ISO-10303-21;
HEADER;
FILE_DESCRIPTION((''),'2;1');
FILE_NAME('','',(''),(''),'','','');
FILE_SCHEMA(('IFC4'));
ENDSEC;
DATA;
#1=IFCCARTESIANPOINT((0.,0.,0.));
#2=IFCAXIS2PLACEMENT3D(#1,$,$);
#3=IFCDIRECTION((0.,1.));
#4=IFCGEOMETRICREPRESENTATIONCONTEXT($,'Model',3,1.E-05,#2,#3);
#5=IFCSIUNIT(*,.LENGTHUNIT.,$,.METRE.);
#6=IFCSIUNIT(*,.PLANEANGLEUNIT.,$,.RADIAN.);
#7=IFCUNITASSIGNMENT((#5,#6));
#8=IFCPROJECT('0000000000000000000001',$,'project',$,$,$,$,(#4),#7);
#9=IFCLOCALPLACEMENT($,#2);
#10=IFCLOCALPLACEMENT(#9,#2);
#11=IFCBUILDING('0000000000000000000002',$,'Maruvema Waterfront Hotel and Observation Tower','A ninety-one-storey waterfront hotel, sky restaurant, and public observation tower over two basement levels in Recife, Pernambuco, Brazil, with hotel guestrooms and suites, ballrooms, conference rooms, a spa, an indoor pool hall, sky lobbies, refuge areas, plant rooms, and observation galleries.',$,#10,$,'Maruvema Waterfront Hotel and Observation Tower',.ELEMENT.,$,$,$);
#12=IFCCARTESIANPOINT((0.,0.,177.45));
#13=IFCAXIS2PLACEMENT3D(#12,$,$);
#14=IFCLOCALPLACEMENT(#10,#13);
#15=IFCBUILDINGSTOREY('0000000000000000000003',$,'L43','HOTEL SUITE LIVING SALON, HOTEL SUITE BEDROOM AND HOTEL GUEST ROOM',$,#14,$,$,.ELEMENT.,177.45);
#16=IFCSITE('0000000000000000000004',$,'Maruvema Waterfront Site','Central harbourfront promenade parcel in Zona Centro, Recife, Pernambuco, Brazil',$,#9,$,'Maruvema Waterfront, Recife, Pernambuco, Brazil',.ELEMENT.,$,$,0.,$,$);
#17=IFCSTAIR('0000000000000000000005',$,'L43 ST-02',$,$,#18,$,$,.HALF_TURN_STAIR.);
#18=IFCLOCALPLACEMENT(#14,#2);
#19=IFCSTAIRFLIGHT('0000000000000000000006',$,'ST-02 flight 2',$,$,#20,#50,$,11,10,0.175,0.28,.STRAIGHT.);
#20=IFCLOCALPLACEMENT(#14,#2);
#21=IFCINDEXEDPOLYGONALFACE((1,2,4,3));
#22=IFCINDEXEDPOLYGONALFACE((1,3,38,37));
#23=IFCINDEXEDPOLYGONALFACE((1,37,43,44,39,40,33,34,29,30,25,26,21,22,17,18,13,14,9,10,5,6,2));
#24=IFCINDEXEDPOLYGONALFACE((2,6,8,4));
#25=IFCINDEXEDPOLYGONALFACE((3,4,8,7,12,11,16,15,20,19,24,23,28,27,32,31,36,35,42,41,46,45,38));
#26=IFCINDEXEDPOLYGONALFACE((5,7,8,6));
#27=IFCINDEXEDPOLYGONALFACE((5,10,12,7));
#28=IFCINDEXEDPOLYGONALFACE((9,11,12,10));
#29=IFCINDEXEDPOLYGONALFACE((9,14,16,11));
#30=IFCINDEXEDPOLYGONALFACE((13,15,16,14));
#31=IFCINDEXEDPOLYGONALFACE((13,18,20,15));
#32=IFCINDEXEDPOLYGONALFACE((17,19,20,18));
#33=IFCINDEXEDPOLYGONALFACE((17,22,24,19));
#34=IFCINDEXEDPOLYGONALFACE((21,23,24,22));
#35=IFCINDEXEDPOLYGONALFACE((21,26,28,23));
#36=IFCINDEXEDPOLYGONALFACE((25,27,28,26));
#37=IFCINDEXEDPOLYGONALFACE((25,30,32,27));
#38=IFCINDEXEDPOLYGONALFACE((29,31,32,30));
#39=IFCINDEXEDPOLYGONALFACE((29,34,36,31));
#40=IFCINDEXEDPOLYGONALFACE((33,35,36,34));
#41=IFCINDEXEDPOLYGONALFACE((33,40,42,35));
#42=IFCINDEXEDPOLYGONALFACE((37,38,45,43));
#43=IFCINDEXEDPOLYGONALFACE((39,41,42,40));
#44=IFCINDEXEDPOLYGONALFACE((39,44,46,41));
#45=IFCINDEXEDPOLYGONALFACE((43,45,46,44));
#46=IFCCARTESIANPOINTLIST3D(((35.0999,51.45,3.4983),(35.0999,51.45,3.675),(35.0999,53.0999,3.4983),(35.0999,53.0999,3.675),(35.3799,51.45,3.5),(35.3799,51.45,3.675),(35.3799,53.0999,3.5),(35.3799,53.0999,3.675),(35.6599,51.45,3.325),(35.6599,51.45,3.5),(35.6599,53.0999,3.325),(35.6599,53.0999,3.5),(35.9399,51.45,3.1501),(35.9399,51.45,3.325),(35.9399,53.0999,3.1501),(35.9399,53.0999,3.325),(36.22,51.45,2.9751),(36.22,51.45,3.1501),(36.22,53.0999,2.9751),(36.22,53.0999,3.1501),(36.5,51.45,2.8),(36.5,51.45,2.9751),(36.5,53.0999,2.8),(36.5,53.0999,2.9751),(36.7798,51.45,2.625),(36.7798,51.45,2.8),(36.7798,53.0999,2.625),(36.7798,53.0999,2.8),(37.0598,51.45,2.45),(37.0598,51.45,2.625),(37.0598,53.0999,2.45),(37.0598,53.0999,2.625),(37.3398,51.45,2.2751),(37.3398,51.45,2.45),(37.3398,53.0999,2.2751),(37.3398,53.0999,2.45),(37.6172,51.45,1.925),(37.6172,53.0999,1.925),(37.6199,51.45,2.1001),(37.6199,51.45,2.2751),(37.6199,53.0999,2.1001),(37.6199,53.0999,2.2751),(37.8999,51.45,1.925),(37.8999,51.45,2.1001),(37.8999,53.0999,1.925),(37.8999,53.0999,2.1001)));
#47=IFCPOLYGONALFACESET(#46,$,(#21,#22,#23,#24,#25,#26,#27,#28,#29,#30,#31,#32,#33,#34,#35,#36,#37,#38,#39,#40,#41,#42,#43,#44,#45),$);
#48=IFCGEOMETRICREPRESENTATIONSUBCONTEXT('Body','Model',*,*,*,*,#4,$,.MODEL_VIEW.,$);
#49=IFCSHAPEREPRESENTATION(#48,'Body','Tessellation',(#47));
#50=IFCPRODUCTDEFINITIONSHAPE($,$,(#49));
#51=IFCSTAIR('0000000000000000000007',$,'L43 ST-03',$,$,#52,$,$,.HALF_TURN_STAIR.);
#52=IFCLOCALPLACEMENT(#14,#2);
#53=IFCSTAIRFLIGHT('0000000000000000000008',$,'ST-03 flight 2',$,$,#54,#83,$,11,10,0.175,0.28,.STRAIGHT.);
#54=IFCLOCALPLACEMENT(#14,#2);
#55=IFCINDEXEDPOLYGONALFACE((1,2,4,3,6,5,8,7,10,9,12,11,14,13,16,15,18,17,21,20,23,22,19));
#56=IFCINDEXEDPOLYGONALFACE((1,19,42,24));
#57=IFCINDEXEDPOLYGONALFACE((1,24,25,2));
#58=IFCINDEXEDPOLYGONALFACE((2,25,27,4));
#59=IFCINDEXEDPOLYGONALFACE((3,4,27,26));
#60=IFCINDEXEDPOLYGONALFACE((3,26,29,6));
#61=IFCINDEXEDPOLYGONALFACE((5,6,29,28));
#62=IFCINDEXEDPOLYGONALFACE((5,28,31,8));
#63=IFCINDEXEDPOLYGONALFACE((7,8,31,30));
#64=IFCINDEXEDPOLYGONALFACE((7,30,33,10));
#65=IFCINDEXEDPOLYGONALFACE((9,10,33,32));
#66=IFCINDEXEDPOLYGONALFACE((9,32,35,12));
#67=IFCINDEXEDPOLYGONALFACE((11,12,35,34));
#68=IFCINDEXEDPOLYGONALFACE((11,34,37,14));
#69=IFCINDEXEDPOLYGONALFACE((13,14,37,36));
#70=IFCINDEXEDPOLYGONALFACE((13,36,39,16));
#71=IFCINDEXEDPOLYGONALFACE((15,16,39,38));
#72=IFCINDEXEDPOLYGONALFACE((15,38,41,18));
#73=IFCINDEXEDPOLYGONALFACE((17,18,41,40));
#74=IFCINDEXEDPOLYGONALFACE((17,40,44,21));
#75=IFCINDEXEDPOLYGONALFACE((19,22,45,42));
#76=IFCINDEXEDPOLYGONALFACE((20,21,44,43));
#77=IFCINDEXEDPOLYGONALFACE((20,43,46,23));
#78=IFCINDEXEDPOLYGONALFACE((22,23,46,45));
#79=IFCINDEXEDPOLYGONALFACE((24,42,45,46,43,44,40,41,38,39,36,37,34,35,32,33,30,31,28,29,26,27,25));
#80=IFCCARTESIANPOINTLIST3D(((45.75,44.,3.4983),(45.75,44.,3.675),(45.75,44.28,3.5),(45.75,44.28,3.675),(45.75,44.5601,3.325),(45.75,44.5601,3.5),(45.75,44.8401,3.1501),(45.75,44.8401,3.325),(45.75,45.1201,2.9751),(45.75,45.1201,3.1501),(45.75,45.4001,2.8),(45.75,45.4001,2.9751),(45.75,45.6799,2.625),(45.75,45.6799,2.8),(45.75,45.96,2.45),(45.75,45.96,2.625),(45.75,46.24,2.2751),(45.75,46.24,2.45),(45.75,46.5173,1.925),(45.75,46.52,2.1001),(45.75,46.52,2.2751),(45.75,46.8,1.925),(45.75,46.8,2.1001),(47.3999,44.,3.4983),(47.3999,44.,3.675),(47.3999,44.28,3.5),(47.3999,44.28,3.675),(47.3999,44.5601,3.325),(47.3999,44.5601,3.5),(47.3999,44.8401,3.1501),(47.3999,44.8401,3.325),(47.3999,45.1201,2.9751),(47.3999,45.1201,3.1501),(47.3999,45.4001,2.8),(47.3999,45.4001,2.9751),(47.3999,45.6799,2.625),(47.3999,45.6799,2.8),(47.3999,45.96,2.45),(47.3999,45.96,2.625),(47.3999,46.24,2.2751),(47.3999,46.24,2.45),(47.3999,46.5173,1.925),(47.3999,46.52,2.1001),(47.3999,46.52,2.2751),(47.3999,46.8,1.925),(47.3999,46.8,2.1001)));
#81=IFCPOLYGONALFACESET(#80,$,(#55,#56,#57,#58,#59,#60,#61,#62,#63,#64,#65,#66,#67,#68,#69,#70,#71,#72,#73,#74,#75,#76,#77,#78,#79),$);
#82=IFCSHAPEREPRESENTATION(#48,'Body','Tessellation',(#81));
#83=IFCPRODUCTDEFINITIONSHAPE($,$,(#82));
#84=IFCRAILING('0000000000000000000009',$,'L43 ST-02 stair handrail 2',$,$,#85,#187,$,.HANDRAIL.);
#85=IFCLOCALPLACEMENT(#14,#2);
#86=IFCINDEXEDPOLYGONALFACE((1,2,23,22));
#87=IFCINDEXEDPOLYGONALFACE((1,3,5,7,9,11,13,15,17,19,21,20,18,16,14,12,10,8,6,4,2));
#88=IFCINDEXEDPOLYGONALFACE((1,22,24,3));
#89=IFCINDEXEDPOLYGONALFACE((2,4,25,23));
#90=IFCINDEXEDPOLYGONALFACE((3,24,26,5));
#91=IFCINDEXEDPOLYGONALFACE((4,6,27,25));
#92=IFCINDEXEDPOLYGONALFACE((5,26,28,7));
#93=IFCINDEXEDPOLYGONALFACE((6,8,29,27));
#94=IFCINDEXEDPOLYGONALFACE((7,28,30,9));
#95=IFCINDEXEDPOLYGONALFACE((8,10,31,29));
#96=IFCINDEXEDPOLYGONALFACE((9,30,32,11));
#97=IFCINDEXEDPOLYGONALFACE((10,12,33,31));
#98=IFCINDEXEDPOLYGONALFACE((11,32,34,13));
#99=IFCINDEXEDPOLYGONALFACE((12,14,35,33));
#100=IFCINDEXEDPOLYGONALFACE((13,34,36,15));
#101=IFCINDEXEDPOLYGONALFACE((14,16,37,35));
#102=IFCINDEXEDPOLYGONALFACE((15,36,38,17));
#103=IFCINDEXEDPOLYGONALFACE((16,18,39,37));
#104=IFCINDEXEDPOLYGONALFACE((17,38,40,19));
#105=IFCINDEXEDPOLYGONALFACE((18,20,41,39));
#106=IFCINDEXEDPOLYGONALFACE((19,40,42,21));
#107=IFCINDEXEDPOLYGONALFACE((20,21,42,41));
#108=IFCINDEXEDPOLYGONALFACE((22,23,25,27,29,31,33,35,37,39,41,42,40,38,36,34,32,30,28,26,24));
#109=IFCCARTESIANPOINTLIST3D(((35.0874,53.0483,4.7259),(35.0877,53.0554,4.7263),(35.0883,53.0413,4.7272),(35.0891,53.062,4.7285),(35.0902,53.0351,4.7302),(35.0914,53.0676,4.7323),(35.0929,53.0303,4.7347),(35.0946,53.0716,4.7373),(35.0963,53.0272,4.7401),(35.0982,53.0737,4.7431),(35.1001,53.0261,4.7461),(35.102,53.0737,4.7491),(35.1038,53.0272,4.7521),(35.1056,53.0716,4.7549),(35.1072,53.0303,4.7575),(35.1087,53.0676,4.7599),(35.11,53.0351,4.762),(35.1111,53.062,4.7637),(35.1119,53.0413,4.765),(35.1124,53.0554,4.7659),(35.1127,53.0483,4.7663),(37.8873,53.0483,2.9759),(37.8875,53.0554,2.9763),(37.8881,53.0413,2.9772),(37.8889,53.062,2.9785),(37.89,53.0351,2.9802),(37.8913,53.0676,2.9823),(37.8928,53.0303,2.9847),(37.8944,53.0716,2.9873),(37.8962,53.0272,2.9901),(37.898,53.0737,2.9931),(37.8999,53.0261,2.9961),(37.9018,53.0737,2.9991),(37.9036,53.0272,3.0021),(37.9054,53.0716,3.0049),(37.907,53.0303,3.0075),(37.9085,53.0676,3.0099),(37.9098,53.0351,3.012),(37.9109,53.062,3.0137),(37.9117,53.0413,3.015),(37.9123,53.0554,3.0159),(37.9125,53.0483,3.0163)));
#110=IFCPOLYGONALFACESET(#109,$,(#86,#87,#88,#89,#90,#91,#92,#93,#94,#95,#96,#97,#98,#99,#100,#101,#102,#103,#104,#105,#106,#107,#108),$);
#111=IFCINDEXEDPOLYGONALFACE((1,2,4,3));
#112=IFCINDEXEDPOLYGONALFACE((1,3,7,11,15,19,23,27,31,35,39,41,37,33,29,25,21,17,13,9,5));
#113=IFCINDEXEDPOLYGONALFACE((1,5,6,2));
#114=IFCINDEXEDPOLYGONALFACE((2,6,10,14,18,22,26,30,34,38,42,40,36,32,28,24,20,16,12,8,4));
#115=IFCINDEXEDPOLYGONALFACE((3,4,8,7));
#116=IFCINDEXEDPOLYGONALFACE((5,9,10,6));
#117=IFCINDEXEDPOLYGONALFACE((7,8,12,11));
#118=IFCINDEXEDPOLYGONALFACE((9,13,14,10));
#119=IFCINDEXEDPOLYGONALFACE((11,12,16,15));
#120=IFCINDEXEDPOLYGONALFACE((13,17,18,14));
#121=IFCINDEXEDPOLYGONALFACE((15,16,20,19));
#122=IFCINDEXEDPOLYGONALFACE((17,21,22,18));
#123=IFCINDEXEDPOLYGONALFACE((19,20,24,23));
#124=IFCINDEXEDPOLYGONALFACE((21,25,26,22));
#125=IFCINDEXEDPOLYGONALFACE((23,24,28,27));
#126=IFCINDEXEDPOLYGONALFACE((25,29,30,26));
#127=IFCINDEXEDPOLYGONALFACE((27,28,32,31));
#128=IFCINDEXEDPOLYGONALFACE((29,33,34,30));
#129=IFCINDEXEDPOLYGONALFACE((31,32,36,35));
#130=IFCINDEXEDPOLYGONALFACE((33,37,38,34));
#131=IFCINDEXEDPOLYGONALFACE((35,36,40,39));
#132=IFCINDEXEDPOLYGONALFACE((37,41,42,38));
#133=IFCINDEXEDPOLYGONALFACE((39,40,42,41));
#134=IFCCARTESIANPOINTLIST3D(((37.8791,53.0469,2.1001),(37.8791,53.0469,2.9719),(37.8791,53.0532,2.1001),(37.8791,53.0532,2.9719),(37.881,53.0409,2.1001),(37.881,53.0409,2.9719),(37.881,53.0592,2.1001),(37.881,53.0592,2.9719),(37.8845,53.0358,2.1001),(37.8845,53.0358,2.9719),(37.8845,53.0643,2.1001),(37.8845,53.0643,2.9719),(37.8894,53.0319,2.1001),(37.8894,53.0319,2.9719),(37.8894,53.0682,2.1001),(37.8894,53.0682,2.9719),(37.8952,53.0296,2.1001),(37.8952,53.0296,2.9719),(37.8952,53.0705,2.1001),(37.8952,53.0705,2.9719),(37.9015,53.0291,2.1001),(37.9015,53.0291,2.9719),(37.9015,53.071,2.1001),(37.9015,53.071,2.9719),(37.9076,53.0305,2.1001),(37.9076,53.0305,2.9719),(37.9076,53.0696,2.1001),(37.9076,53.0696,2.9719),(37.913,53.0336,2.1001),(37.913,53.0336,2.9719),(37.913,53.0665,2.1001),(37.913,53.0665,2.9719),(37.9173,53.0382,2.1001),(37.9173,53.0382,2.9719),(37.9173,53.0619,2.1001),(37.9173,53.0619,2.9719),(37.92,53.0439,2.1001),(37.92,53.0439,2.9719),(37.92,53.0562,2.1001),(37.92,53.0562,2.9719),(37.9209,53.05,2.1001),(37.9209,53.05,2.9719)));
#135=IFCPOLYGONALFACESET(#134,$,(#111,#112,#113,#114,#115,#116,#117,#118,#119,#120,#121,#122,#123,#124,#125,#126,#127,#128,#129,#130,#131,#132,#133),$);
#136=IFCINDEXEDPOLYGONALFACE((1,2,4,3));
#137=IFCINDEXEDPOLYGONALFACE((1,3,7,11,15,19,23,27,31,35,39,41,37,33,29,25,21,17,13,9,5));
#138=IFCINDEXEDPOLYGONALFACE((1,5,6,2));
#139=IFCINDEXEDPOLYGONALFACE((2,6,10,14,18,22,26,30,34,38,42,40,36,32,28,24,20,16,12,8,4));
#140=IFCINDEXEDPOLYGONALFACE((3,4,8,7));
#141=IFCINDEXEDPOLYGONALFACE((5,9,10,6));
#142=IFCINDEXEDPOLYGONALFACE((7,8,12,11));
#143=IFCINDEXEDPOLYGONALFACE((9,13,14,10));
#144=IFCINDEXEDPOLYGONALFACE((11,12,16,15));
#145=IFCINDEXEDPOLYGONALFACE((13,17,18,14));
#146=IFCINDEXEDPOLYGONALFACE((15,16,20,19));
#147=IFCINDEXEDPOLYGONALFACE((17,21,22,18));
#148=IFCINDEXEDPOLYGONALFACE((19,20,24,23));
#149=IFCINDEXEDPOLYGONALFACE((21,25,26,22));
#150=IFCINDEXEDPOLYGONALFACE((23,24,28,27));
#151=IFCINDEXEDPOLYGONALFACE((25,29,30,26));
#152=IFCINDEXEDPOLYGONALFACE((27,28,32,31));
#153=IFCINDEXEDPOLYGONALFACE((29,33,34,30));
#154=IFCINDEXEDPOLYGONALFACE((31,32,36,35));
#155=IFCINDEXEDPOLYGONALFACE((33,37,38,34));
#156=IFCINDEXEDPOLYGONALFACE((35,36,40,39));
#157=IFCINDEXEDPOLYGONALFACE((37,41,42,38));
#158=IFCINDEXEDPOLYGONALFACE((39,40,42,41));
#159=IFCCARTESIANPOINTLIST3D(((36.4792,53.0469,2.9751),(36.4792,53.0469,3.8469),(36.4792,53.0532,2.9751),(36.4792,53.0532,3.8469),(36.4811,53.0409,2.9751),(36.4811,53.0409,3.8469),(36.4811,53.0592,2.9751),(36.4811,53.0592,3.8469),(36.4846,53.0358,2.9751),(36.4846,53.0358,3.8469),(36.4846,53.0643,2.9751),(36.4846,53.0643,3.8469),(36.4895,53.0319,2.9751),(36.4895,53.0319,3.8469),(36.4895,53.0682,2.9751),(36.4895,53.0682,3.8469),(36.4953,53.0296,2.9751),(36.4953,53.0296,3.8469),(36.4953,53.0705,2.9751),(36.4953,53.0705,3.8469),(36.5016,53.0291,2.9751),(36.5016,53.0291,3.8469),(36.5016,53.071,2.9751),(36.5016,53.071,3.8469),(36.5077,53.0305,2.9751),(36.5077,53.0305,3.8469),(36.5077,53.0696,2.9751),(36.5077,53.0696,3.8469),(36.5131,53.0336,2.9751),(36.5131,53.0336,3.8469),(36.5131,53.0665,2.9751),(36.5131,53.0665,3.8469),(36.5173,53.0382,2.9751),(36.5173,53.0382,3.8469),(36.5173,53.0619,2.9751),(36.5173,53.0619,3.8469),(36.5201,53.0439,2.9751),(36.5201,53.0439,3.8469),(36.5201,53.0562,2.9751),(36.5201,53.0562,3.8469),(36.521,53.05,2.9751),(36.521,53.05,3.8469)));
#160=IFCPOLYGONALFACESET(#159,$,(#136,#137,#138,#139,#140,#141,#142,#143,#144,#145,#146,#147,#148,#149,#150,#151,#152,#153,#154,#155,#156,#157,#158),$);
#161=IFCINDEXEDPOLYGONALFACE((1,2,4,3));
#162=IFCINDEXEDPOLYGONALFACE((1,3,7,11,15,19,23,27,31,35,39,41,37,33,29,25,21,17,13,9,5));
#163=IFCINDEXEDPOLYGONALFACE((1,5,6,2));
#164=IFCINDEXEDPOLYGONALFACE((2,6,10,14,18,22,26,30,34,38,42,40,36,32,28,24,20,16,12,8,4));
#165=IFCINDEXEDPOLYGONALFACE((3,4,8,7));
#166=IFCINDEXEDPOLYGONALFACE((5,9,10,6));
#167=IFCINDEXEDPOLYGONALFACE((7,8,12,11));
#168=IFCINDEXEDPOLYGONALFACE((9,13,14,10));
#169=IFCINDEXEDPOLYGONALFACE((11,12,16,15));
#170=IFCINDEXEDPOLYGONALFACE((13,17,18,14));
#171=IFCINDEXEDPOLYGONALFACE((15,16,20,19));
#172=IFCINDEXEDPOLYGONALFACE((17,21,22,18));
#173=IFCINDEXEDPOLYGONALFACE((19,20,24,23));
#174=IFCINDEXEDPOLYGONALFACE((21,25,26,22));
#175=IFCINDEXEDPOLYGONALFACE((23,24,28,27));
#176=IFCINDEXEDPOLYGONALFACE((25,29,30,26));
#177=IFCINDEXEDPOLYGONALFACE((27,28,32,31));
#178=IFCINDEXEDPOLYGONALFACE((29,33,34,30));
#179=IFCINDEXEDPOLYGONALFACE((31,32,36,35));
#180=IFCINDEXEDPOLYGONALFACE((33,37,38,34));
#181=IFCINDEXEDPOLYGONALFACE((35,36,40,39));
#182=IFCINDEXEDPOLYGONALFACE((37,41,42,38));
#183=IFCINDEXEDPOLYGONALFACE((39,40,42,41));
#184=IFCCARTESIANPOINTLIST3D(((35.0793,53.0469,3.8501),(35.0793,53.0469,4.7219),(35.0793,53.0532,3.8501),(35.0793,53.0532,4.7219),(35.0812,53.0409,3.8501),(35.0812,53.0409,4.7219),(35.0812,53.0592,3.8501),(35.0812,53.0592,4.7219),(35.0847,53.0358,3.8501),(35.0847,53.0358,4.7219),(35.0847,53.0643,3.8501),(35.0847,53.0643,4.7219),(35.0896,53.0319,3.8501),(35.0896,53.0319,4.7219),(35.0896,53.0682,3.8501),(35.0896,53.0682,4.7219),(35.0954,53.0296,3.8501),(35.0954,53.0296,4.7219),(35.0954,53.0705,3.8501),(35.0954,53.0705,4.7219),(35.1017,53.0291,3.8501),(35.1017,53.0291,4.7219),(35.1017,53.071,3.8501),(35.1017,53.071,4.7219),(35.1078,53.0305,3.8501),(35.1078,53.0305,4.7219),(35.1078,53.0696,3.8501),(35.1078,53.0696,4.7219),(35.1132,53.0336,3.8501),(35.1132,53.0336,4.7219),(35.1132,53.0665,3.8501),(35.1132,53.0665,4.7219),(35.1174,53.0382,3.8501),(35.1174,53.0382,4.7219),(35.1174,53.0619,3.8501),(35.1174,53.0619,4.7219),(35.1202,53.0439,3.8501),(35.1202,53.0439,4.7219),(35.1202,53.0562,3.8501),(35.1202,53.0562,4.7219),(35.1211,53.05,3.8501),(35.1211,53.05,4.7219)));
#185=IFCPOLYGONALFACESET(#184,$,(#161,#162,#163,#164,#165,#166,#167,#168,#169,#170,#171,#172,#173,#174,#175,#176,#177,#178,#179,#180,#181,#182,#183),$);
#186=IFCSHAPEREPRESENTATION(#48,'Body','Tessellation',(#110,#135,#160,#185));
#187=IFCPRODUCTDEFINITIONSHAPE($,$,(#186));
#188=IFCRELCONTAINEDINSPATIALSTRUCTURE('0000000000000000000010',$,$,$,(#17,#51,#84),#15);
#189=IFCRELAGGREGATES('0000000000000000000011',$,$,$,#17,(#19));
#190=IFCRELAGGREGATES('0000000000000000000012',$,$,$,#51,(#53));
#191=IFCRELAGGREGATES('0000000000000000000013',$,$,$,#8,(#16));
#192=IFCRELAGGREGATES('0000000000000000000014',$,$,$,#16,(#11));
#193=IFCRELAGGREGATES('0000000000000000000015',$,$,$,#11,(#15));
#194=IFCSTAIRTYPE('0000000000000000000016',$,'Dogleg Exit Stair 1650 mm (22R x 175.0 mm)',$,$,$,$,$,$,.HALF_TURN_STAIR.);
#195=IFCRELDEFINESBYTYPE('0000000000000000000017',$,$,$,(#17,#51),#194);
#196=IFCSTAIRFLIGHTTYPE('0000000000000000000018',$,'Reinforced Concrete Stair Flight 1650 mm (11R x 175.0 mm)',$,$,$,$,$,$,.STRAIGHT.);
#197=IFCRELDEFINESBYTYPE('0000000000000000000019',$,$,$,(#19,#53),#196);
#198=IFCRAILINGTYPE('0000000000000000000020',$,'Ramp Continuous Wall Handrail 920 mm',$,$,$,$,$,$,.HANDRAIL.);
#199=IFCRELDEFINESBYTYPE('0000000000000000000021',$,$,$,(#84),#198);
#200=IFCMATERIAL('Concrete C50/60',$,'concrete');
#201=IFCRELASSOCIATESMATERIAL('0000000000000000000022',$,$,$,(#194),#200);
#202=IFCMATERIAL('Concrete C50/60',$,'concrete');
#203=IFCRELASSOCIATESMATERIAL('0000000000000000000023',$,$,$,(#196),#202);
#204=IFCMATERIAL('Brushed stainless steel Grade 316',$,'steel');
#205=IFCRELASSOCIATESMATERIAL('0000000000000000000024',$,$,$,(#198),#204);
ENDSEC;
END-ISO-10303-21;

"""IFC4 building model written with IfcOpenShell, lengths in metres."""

from ifc_helpers import new_model, si_unit, direction, frame, origin, origin_2d, place, context, subcontext, project, spatial, polyline, circle, outline, extrude, material, type_object, element, aggregate, save


model = new_model("IFC4")

# Units and contexts
model_context = context("Model", 3, precision=1e-05, world=origin(), true_north=direction((0.0, 1.0)))
body_context = subcontext(model_context, "Body", "Model", "MODEL_VIEW")
ifc_project = project(units=[si_unit("LENGTHUNIT", "METRE"), si_unit("PLANEANGLEUNIT", "RADIAN")], contexts=[model_context])

# Site, building, storey
site_placement = place(None, origin())
site = spatial("IfcSite", under=ifc_project, at=site_placement, Name="Maruvema Waterfront Site", Description="Central harbourfront promenade parcel in Zona Centro, Recife, Pernambuco, Brazil", LongName="Maruvema Waterfront, Recife, Pernambuco, Brazil", CompositionType="ELEMENT", RefElevation=0.0)
building_placement = place(site_placement, origin())
building = spatial("IfcBuilding", under=site, at=building_placement, Name="Maruvema Waterfront Hotel and Observation Tower", Description="A ninety-one-storey waterfront hotel, sky restaurant, and public observation tower over two basement levels in Recife, Pernambuco, Brazil, with hotel guestrooms and suites, ballrooms, conference rooms, a spa, an indoor pool hall, sky lobbies, refuge areas, plant rooms, and observation galleries.", LongName="Maruvema Waterfront Hotel and Observation Tower", CompositionType="ELEMENT")
storey_placement = place(building_placement, frame((0.0, 0.0, 177.45)))
storey = spatial("IfcBuildingStorey", under=building, at=storey_placement, Name="L43", Description="HOTEL SUITE LIVING SALON, HOTEL SUITE BEDROOM AND HOTEL GUEST ROOM", CompositionType="ELEMENT", Elevation=177.45)

# Stairs, stair flights
ifc_material_1 = material(Name="Concrete C50/60", Category="concrete")
stair_type = type_object("IfcStairType", Name="Dogleg Exit Stair 1650 mm (22R x 175.0 mm)", PredefinedType="HALF_TURN_STAIR", material=ifc_material_1)
stair_1_placement = place(storey_placement, origin())
stair_1 = element("IfcStair", 1, at=stair_1_placement, inside=storey, type_object=stair_type, Name="L43 ST-02", PredefinedType="HALF_TURN_STAIR")
ifc_material_2 = material(Name="Concrete C50/60", Category="concrete")
stair_flight_type = type_object("IfcStairFlightType", Name="Reinforced Concrete Stair Flight 1650 mm (11R x 175.0 mm)", PredefinedType="STRAIGHT", material=ifc_material_2)
stair_flight_1_placement = place(storey_placement, frame((37.8999, 52.2749, 1.925), z_axis=(0.0, 0.0, 1.0), x_axis=(-1.0, 0.0, 0.0)))
stair_flight_1 = element("IfcStairFlight", 2, at=stair_flight_1_placement, type_object=stair_flight_type, Name="ST-02 flight 2", NumberOfRisers=11, NumberOfTreads=10, PredefinedType="STRAIGHT", RiserHeight=0.175, TreadLength=0.28, context=body_context, shape_type="SweptSolid", body=[
    extrude(outline(polyline([(0.0, 0.0), (0.0, 0.175), (0.28, 0.175), (0.28, 0.3501), (0.5601, 0.3501), (0.5601, 0.5249), (0.8401, 0.5249), (0.8401, 0.7), (1.1201, 0.7), (1.1201, 0.875), (1.3999, 0.875), (1.3999, 1.05), (1.6799, 1.05), (1.6799, 1.2251), (1.96, 1.2251), (1.96, 1.3999), (2.24, 1.3999), (2.24, 1.575), (2.52, 1.575), (2.52, 1.75), (2.8, 1.75), (2.8, 1.925), (2.8, 1.5732), (0.2827, 0.0), (0.0, 0.0)])), frame((0.0, 0.825, 0.0), z_axis=(0.0, -1.0, 0.0), x_axis=(1.0, 0.0, 0.0)), (0.0, 0.0, 1.0), 1.6499),
])
aggregate(stair_1, [stair_flight_1])
stair_2_placement = place(storey_placement, origin())
stair_2 = element("IfcStair", 3, at=stair_2_placement, inside=storey, type_object=stair_type, Name="L43 ST-03", PredefinedType="HALF_TURN_STAIR")
stair_flight_2_placement = place(storey_placement, frame((46.575, 46.8, 1.925), z_axis=(0.0, 0.0, 1.0), x_axis=(0.0, -1.0, 0.0)))
stair_flight_2 = element("IfcStairFlight", 4, at=stair_flight_2_placement, type_object=stair_flight_type, Name="ST-03 flight 2", NumberOfRisers=11, NumberOfTreads=10, PredefinedType="STRAIGHT", RiserHeight=0.175, TreadLength=0.28, context=body_context, shape_type="SweptSolid", body=[
    extrude(outline(polyline([(0.0, 0.0), (0.0, 0.175), (0.28, 0.175), (0.28, 0.3501), (0.5601, 0.3501), (0.5601, 0.5249), (0.8401, 0.5249), (0.8401, 0.7), (1.1201, 0.7), (1.1201, 0.875), (1.3999, 0.875), (1.3999, 1.05), (1.6799, 1.05), (1.6799, 1.2251), (1.96, 1.2251), (1.96, 1.3999), (2.24, 1.3999), (2.24, 1.575), (2.52, 1.575), (2.52, 1.75), (2.8, 1.75), (2.8, 1.925), (2.8, 1.5732), (0.2827, 0.0), (0.0, 0.0)])), frame((0.0, 0.825, 0.0), z_axis=(0.0, -1.0, 0.0), x_axis=(1.0, 0.0, 0.0)), (0.0, 0.0, 1.0), 1.6499),
])
aggregate(stair_2, [stair_flight_2])

# Railing
ifc_material_3 = material(Name="Brushed stainless steel Grade 316", Category="steel")
railing_type_1 = type_object("IfcRailingType", Name="Ramp Continuous Wall Handrail 920 mm", PredefinedType="HANDRAIL", material=ifc_material_3)
railing_1_placement = place(storey_placement, frame((37.8999, 53.05, 2.1001)))
element("IfcRailing", 5, at=railing_1_placement, inside=storey, type_object=railing_type_1, Name="L43 ST-02 stair handrail 2", PredefinedType="HANDRAIL", context=body_context, shape_type="SweptSolid", body=[
    extrude(circle(Radius=0.0239, at=origin_2d()), frame((0.0, 0.0, 0.896), z_axis=(-0.847982, 0.0, 0.530026), x_axis=(0.0, -1.0, 0.0)), (0.0, 0.0, 1.0), 3.3018),
    extrude(circle(Radius=0.021, at=origin_2d()), origin(), (0.0, 0.0, 1.0), 0.8718),
    extrude(circle(Radius=0.021, at=origin_2d()), frame((-1.3999, 0.0, 0.875)), (0.0, 0.0, 1.0), 0.8718),
    extrude(circle(Radius=0.021, at=origin_2d()), frame((-2.7998, 0.0, 1.75)), (0.0, 0.0, 1.0), 0.8718),
])

save(model, "model.ifc")
